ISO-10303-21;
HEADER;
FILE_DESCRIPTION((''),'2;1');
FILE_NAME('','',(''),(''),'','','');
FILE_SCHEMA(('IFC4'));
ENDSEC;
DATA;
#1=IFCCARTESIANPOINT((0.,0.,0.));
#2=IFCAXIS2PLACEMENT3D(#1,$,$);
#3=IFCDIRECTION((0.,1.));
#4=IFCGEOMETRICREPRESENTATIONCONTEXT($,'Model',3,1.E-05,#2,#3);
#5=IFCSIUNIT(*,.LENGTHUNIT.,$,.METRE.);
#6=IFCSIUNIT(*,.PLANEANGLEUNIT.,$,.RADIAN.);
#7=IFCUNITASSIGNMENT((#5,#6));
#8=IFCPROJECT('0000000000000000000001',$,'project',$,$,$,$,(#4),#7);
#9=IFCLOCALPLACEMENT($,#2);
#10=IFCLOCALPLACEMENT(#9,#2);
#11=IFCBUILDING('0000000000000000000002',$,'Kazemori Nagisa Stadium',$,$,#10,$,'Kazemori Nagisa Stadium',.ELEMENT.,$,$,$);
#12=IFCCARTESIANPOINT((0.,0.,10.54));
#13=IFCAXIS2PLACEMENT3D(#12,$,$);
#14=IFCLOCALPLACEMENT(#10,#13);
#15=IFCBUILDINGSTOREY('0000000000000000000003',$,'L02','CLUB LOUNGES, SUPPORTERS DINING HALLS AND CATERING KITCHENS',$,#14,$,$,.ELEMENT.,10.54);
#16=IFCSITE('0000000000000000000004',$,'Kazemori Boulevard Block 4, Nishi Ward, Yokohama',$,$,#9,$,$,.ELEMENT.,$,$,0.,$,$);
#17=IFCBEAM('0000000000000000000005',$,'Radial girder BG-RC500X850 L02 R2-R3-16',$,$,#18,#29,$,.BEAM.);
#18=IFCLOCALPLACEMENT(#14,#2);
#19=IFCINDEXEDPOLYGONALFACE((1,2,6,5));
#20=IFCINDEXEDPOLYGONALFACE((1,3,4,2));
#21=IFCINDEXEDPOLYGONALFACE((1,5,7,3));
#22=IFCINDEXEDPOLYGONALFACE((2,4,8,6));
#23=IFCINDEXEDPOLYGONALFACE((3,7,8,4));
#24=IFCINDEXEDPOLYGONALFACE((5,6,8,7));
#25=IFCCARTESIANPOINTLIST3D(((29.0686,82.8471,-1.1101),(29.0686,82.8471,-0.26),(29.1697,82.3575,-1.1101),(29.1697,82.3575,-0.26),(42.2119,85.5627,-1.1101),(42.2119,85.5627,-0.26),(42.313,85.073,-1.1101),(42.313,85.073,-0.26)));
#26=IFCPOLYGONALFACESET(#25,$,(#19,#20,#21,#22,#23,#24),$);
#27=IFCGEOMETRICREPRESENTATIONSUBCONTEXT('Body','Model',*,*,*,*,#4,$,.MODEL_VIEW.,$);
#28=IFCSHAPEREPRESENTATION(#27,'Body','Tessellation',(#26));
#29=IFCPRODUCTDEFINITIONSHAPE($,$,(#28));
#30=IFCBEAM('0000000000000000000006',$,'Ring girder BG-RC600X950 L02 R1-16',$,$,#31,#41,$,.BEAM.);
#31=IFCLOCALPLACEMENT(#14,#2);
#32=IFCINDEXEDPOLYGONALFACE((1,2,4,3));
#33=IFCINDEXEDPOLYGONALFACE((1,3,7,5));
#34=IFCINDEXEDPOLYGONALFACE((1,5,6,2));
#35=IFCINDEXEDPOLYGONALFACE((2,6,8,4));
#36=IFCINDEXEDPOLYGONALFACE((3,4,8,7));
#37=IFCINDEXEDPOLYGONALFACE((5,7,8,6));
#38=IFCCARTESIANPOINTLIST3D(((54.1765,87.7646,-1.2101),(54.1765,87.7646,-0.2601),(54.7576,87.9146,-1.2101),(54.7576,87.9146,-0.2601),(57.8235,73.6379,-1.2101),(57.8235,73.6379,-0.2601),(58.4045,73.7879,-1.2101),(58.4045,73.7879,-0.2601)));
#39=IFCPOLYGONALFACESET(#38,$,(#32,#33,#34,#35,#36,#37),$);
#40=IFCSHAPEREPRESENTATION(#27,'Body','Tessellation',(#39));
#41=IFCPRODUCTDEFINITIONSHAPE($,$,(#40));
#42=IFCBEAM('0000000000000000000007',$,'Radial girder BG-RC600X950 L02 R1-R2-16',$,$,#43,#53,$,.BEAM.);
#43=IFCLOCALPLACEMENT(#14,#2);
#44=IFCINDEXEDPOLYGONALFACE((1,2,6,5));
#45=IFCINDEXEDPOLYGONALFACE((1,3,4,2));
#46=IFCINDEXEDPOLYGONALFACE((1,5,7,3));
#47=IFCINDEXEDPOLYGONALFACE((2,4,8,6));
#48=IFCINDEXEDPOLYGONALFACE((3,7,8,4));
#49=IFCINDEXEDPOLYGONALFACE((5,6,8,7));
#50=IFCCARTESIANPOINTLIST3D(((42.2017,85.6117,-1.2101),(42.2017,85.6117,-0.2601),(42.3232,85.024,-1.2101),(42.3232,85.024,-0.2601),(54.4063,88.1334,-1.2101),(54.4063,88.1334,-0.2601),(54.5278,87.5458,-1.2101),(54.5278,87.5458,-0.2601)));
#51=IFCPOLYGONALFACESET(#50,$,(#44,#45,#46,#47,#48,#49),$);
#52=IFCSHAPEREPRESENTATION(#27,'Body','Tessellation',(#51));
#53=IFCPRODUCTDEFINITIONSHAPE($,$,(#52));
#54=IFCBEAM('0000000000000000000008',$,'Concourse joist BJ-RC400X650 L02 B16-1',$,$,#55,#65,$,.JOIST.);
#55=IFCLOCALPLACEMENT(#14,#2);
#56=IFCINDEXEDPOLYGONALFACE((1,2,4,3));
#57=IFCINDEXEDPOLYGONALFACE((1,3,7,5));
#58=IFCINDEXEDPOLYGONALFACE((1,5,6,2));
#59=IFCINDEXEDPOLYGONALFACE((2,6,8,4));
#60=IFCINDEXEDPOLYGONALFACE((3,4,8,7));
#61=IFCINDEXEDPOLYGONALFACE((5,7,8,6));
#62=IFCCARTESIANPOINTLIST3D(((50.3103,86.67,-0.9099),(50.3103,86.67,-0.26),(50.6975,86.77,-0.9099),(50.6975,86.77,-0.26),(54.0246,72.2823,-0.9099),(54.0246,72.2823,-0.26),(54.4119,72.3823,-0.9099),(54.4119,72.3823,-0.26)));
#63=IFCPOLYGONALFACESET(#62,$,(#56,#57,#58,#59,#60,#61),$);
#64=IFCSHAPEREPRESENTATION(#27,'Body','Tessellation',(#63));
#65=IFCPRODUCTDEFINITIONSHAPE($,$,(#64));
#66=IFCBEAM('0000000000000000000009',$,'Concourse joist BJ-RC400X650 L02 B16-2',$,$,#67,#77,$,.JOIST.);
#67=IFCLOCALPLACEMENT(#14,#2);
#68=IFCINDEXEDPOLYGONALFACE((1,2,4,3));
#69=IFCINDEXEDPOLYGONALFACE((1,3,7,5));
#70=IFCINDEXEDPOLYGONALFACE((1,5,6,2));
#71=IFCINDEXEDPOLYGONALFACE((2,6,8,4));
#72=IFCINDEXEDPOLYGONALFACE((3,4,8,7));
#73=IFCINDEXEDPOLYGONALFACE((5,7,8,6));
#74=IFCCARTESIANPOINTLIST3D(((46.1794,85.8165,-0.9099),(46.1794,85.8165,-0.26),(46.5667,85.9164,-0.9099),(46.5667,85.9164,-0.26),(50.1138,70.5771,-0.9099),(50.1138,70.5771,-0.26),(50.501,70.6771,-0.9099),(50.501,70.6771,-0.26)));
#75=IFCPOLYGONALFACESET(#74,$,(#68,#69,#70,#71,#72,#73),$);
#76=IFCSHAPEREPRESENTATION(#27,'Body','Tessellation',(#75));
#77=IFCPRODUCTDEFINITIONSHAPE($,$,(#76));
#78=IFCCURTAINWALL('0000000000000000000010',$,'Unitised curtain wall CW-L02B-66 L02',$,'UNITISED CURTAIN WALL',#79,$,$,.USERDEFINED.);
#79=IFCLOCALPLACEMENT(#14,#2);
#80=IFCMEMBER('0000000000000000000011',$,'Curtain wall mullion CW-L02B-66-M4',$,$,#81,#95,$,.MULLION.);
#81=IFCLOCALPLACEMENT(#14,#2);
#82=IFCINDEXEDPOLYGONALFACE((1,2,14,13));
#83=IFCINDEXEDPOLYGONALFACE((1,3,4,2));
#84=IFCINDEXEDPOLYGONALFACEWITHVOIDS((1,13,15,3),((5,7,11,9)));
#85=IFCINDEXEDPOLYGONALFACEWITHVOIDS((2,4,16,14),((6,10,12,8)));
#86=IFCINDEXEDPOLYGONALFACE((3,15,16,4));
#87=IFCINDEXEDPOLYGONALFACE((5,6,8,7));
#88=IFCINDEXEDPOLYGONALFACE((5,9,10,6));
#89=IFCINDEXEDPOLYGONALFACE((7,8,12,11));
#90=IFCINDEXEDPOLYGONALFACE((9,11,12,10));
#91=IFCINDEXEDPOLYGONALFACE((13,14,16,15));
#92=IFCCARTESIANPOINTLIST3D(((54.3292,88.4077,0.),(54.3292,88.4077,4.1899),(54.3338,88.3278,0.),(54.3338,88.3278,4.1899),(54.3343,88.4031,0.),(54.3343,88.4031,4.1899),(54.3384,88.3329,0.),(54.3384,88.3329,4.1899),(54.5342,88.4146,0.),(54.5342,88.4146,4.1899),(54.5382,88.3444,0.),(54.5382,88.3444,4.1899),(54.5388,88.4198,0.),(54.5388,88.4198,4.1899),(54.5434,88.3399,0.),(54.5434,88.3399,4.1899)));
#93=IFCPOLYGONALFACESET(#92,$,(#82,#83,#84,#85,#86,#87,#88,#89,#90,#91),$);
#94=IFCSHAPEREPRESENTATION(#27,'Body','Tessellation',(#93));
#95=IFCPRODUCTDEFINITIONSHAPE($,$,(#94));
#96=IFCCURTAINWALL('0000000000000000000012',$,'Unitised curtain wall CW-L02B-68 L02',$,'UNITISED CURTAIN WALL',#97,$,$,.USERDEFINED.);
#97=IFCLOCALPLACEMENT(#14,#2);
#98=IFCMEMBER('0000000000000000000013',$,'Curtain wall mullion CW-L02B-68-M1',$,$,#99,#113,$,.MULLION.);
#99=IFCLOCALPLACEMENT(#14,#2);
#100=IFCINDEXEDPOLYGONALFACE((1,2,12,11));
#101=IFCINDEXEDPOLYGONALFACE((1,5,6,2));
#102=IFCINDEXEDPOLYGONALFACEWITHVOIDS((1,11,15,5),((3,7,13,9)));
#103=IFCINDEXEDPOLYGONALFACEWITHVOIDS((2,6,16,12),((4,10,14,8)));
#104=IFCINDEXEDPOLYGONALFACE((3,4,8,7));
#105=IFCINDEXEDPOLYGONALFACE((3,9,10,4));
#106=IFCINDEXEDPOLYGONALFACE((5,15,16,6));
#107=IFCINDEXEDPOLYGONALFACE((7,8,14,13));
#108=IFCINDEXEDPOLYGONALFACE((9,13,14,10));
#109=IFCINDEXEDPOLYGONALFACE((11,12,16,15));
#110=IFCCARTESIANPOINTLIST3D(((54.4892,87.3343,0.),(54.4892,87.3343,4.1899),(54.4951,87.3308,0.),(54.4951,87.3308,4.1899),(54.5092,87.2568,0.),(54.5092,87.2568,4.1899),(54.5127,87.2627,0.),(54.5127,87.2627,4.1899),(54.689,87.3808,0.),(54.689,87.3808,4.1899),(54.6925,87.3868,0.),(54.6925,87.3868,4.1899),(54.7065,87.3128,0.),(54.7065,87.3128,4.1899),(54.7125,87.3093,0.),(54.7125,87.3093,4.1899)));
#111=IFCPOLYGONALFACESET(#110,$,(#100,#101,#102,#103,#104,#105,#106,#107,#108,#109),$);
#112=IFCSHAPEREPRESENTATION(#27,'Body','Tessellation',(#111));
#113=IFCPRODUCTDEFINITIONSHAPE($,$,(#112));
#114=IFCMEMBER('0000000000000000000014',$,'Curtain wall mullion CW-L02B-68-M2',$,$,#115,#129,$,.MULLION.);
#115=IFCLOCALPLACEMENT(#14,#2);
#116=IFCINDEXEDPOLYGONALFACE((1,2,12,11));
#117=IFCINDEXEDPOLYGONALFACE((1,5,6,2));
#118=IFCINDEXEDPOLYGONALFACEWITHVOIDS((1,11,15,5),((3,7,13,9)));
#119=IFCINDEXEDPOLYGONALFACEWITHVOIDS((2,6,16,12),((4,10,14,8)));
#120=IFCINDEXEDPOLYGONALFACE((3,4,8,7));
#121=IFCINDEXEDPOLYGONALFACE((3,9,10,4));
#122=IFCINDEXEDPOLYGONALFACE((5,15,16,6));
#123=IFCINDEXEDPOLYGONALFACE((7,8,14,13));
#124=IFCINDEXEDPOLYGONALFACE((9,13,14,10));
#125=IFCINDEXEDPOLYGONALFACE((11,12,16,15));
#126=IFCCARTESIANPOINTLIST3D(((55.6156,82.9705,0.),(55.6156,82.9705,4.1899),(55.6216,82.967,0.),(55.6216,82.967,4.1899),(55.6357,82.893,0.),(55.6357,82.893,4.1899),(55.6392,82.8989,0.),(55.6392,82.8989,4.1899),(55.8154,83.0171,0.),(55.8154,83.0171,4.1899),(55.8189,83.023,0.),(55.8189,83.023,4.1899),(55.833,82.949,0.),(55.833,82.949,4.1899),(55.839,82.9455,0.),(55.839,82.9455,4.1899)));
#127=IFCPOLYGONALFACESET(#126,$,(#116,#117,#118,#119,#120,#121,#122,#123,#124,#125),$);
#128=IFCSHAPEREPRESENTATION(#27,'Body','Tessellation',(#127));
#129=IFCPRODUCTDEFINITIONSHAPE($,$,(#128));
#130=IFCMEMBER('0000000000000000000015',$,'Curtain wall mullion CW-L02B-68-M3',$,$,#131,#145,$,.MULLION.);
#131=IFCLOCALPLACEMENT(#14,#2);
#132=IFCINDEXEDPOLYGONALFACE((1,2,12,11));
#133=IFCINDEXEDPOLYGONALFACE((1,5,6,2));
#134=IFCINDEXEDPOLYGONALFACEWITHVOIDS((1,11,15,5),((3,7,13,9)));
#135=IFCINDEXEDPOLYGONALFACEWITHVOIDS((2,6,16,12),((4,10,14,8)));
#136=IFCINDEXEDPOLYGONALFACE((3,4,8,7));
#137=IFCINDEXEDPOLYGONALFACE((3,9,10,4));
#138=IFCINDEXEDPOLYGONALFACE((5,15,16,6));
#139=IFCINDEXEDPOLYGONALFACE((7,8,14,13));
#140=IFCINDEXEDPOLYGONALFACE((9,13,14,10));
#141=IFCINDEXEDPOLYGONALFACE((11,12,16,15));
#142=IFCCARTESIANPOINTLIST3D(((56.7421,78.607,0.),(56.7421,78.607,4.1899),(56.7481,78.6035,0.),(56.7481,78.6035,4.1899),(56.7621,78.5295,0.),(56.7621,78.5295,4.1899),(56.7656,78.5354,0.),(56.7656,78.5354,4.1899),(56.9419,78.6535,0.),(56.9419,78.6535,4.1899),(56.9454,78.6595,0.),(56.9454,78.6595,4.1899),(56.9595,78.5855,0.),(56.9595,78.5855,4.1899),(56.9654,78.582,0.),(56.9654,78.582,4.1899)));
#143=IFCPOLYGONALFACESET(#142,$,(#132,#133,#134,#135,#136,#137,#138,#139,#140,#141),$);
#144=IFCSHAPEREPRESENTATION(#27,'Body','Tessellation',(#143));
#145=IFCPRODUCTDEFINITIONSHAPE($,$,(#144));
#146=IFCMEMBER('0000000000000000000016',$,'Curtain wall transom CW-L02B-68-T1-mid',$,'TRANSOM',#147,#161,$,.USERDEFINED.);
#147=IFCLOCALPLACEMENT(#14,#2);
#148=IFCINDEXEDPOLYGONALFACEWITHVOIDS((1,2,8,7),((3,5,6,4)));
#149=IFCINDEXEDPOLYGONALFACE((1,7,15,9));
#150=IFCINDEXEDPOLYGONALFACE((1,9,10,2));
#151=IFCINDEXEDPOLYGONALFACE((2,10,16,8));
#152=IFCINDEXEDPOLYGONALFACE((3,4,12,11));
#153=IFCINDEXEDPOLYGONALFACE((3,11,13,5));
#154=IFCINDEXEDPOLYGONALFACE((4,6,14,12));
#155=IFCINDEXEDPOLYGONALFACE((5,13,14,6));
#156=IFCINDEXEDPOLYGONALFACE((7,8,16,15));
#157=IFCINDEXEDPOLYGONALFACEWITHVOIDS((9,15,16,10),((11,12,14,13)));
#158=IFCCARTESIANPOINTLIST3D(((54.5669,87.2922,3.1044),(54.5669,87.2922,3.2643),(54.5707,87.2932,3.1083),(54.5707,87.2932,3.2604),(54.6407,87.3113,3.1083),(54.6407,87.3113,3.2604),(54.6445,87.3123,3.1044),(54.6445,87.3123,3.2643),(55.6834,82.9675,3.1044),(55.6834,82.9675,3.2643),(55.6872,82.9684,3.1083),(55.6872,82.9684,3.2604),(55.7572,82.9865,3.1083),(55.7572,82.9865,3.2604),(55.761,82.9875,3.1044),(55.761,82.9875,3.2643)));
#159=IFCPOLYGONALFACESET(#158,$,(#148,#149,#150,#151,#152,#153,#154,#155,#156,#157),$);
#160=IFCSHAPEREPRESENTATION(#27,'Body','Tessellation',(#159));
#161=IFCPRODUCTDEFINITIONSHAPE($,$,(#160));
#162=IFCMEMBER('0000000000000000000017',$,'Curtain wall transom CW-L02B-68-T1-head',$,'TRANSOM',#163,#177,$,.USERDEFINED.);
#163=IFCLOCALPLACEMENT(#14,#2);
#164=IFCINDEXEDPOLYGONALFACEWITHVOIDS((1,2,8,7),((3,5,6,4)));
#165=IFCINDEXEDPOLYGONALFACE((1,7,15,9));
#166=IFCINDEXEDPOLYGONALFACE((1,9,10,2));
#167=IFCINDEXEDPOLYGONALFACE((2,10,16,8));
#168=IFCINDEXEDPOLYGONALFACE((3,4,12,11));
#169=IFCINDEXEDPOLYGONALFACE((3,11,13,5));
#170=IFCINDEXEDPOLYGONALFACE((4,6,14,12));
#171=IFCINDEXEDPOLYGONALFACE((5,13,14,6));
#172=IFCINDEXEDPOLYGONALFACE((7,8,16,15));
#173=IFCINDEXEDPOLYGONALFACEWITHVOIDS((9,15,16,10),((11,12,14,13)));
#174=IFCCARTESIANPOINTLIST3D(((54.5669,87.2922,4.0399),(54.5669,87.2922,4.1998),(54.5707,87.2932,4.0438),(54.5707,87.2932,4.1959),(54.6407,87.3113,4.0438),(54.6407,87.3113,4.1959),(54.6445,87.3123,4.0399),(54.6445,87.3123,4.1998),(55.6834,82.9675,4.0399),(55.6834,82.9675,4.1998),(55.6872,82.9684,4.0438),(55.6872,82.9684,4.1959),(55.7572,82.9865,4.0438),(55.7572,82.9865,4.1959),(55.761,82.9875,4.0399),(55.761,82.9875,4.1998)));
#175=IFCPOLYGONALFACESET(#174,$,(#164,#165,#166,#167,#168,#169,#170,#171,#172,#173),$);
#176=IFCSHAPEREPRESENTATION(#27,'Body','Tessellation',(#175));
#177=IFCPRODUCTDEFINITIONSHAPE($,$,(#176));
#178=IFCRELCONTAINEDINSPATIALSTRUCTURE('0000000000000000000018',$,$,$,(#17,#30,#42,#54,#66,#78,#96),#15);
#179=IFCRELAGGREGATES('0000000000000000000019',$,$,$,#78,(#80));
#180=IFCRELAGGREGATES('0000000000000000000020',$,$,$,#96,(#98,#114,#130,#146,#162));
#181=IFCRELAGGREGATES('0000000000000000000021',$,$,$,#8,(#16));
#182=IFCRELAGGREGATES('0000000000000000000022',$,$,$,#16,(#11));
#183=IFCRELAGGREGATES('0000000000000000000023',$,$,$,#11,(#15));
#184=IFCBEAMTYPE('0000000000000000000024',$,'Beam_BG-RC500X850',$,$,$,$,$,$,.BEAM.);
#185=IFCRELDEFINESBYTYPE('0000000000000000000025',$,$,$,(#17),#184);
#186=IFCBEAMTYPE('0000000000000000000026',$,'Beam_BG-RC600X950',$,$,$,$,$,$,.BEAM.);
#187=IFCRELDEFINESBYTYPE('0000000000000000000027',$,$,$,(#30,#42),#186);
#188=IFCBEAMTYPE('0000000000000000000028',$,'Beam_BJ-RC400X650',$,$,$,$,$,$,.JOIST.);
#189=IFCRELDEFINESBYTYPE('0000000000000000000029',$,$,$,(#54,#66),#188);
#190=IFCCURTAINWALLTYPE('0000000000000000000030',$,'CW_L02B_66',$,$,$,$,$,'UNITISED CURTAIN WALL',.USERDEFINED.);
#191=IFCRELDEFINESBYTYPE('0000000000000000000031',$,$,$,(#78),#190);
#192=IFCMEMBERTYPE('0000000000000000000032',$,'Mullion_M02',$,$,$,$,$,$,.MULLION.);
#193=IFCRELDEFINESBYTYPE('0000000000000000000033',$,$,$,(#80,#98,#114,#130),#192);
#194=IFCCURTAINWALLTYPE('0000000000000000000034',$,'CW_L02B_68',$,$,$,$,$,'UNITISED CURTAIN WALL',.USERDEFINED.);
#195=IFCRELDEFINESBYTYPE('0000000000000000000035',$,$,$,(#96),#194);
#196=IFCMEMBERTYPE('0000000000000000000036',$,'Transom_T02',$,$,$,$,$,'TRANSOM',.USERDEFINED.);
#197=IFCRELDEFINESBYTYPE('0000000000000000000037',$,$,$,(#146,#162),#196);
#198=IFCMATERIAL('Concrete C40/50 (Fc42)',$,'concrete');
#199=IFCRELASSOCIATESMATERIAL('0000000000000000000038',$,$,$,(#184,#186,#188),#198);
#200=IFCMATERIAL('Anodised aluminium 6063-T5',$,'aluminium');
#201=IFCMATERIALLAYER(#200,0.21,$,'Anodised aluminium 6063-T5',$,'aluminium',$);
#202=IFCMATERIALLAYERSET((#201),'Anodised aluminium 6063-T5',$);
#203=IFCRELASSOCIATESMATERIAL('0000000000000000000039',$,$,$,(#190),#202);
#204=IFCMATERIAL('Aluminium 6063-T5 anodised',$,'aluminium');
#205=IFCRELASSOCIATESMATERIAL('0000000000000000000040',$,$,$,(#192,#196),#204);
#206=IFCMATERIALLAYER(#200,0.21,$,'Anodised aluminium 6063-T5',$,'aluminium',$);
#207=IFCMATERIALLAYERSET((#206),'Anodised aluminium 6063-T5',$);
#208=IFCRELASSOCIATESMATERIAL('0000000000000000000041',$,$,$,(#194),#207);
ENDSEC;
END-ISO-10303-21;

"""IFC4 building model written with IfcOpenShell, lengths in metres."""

from ifc_helpers import new_model, si_unit, direction, frame, origin, origin_2d, place, context, subcontext, project, spatial, rectangle, hollow_rectangle, extrude, material, layer, layer_set, material_profile, profile_set, type_object, element, aggregate, save


model = new_model("IFC4")

# Units and contexts
model_context = context("Model", 3, precision=1e-05, world=origin(), true_north=direction((0.0, 1.0)))
body_context = subcontext(model_context, "Body", "Model", "MODEL_VIEW")
ifc_project = project(units=[si_unit("LENGTHUNIT", "METRE"), si_unit("PLANEANGLEUNIT", "RADIAN")], contexts=[model_context])

# Site, building, storey
site_placement = place(None, origin())
site = spatial("IfcSite", under=ifc_project, at=site_placement, Name="Kazemori Boulevard Block 4, Nishi Ward, Yokohama", CompositionType="ELEMENT", RefElevation=0.0)
building_placement = place(site_placement, origin())
building = spatial("IfcBuilding", under=site, at=building_placement, Name="Kazemori Nagisa Stadium", LongName="Kazemori Nagisa Stadium", CompositionType="ELEMENT")
storey_placement = place(building_placement, frame((0.0, 0.0, 10.54)))
storey = spatial("IfcBuildingStorey", under=building, at=storey_placement, Name="L02", Description="CLUB LOUNGES, SUPPORTERS DINING HALLS AND CATERING KITCHENS", CompositionType="ELEMENT", Elevation=10.54)

# Shared definitions
ifc_material_1 = material(Name="Concrete C40/50 (Fc42)", Category="concrete")

# Beams
ifc_material_profile_1 = material_profile(ifc_material_1, rectangle(XDim=0.5, YDim=0.8501, at=origin_2d()), Name="RC-BM-500x850")
ifc_profile_set_1 = profile_set([ifc_material_profile_1], Name="Concrete C40/50 (Fc42)")
beam_type_1 = type_object("IfcBeamType", Name="Beam_BG-RC500X850", PredefinedType="BEAM", material=ifc_profile_set_1)
beam_1_placement = place(storey_placement, frame((42.2625, 85.3179, -0.6851), z_axis=(-0.979316, -0.202339, 0.0), x_axis=(0.202339, -0.979316, 0.0)))
element("IfcBeam", 1, at=beam_1_placement, inside=storey, type_object=beam_type_1, Name="Radial girder BG-RC500X850 L02 R2-R3-16", PredefinedType="BEAM", context=body_context, shape_type="SweptSolid", body=[
    extrude(rectangle(XDim=0.5, YDim=0.8501, at=origin_2d()), origin(), (0.0, 0.0, 1.0), 13.4209),
])
ifc_material_profile_2 = material_profile(ifc_material_1, rectangle(XDim=0.6001, YDim=0.95, at=origin_2d()), Name="RC-BM-600x950")
ifc_profile_set_2 = profile_set([ifc_material_profile_2], Name="Concrete C40/50 (Fc42)")
beam_type_2 = type_object("IfcBeamType", Name="Beam_BG-RC600X950", PredefinedType="BEAM", material=ifc_profile_set_2)
beam_2_placement = place(storey_placement, frame((54.467, 87.8396, -0.7351), z_axis=(0.249966, -0.968255, 0.0), x_axis=(0.968255, 0.249966, 0.0)))
element("IfcBeam", 2, at=beam_2_placement, inside=storey, type_object=beam_type_2, Name="Ring girder BG-RC600X950 L02 R1-16", PredefinedType="BEAM", context=body_context, shape_type="SweptSolid", body=[
    extrude(rectangle(XDim=0.6001, YDim=0.95, at=origin_2d()), origin(), (0.0, 0.0, 1.0), 14.5898),
])
beam_3_placement = place(storey_placement, frame((54.467, 87.8396, -0.7351), z_axis=(-0.979314, -0.202347, 0.0), x_axis=(0.202347, -0.979314, 0.0)))
element("IfcBeam", 3, at=beam_3_placement, inside=storey, type_object=beam_type_2, Name="Radial girder BG-RC600X950 L02 R1-R2-16", PredefinedType="BEAM", context=body_context, shape_type="SweptSolid", body=[
    extrude(rectangle(XDim=0.6001, YDim=0.95, at=origin_2d()), origin(), (0.0, 0.0, 1.0), 12.4624),
])
ifc_material_profile_3 = material_profile(ifc_material_1, rectangle(XDim=0.3999, YDim=0.6499, at=origin_2d()), Name="RC-BM-400x650")
ifc_profile_set_3 = profile_set([ifc_material_profile_3], Name="Concrete C40/50 (Fc42)")
beam_type_3 = type_object("IfcBeamType", Name="Beam_BJ-RC400X650", PredefinedType="JOIST", material=ifc_profile_set_3)
beam_4_placement = place(storey_placement, frame((50.5039, 86.72, -0.585), z_axis=(0.249966, -0.968254, 0.0), x_axis=(0.968254, 0.249966, 0.0)))
element("IfcBeam", 4, at=beam_4_placement, inside=storey, type_object=beam_type_3, Name="Concourse joist BJ-RC400X650 L02 B16-1", PredefinedType="JOIST", context=body_context, shape_type="SweptSolid", body=[
    extrude(rectangle(XDim=0.3999, YDim=0.6499, at=origin_2d()), origin(), (0.0, 0.0, 1.0), 14.8594),
])
beam_5_placement = place(storey_placement, frame((46.373, 85.8665, -0.585), z_axis=(0.249974, -0.968252, 0.0), x_axis=(0.968252, 0.249974, 0.0)))
element("IfcBeam", 5, at=beam_5_placement, inside=storey, type_object=beam_type_3, Name="Concourse joist BJ-RC400X650 L02 B16-2", PredefinedType="JOIST", context=body_context, shape_type="SweptSolid", body=[
    extrude(rectangle(XDim=0.3999, YDim=0.6499, at=origin_2d()), origin(), (0.0, 0.0, 1.0), 15.739),
])

# Curtain wall, member
ifc_material_2 = material(Name="Anodised aluminium 6063-T5", Category="aluminium")
ifc_layer_1 = layer(ifc_material_2, 0.21, Name="Anodised aluminium 6063-T5", Category="aluminium")
ifc_layer_set_1 = layer_set([ifc_layer_1], Name="Anodised aluminium 6063-T5")
curtain_wall_type_1 = type_object("IfcCurtainWallType", Name="CW_L02B_66", ElementType="UNITISED CURTAIN WALL", PredefinedType="USERDEFINED", material=ifc_layer_set_1)
curtain_wall_1_placement = place(storey_placement, origin())
curtain_wall_1 = element("IfcCurtainWall", 6, at=curtain_wall_1_placement, inside=storey, type_object=curtain_wall_type_1, Name="Unitised curtain wall CW-L02B-66 L02", ObjectType="UNITISED CURTAIN WALL", PredefinedType="USERDEFINED")
ifc_material_3 = material(Name="Aluminium 6063-T5 anodised", Category="aluminium")
ifc_material_profile_4 = material_profile(ifc_material_3, hollow_rectangle(XDim=0.0801, YDim=0.21, WallThickness=0.0049, at=origin_2d()), Name="ALU-MULL-80x210x5")
ifc_profile_set_4 = profile_set([ifc_material_profile_4], Name="Aluminium 6063-T5 anodised")
member_type_1 = type_object("IfcMemberType", Name="Mullion_M02", PredefinedType="MULLION", material=ifc_profile_set_4)
member_1_placement = place(storey_placement, frame((54.4363, 88.3738, 0.0), z_axis=(0.0, 0.0, 1.0), x_axis=(0.057602, -0.99834, 0.0)))
member_1 = element("IfcMember", 7, at=member_1_placement, type_object=member_type_1, Name="Curtain wall mullion CW-L02B-66-M4", PredefinedType="MULLION", context=body_context, shape_type="SweptSolid", body=[
    extrude(hollow_rectangle(XDim=0.0801, YDim=0.21, WallThickness=0.0049, at=origin_2d()), origin(), (0.0, 0.0, 1.0), 4.1899),
])

# Curtain wall, members
ifc_layer_2 = layer(ifc_material_2, 0.21, Name="Anodised aluminium 6063-T5", Category="aluminium")
ifc_layer_set_2 = layer_set([ifc_layer_2], Name="Anodised aluminium 6063-T5")
curtain_wall_type_2 = type_object("IfcCurtainWallType", Name="CW_L02B_68", ElementType="UNITISED CURTAIN WALL", PredefinedType="USERDEFINED", material=ifc_layer_set_2)
curtain_wall_2_placement = place(storey_placement, origin())
curtain_wall_2 = element("IfcCurtainWall", 8, at=curtain_wall_2_placement, inside=storey, type_object=curtain_wall_type_2, Name="Unitised curtain wall CW-L02B-68 L02", ObjectType="UNITISED CURTAIN WALL", PredefinedType="USERDEFINED")
member_2_placement = place(storey_placement, frame((54.6008, 87.3218, 0.0), z_axis=(0.0, 0.0, 1.0), x_axis=(0.249965, -0.968255, 0.0)))
member_2 = element("IfcMember", 9, at=member_2_placement, type_object=member_type_1, Name="Curtain wall mullion CW-L02B-68-M1", PredefinedType="MULLION", context=body_context, shape_type="SweptSolid", body=[
    extrude(hollow_rectangle(XDim=0.0801, YDim=0.21, WallThickness=0.0049, at=origin_2d()), origin(), (0.0, 0.0, 1.0), 4.1899),
])
member_3_placement = place(storey_placement, frame((55.7273, 82.958, 0.0), z_axis=(0.0, 0.0, 1.0), x_axis=(0.249965, -0.968255, 0.0)))
member_3 = element("IfcMember", 10, at=member_3_placement, type_object=member_type_1, Name="Curtain wall mullion CW-L02B-68-M2", PredefinedType="MULLION", context=body_context, shape_type="SweptSolid", body=[
    extrude(hollow_rectangle(XDim=0.0801, YDim=0.21, WallThickness=0.0049, at=origin_2d()), origin(), (0.0, 0.0, 1.0), 4.1899),
])
member_4_placement = place(storey_placement, frame((56.8538, 78.5945, 0.0), z_axis=(0.0, 0.0, 1.0), x_axis=(0.249965, -0.968255, 0.0)))
member_4 = element("IfcMember", 11, at=member_4_placement, type_object=member_type_1, Name="Curtain wall mullion CW-L02B-68-M3", PredefinedType="MULLION", context=body_context, shape_type="SweptSolid", body=[
    extrude(hollow_rectangle(XDim=0.0801, YDim=0.21, WallThickness=0.0049, at=origin_2d()), origin(), (0.0, 0.0, 1.0), 4.1899),
])
ifc_material_profile_5 = material_profile(ifc_material_3, hollow_rectangle(XDim=0.0801, YDim=0.1599, WallThickness=0.0039, at=origin_2d()), Name="ALU-TRAN-80x160x4")
ifc_profile_set_5 = profile_set([ifc_material_profile_5], Name="Aluminium 6063-T5 anodised")
member_type_2 = type_object("IfcMemberType", Name="Transom_T02", ElementType="TRANSOM", PredefinedType="USERDEFINED", material=ifc_profile_set_5)
member_5_placement = place(storey_placement, frame((54.6057, 87.3022, 3.1843), z_axis=(0.249962, -0.968256, 0.0), x_axis=(0.968256, 0.249962, 0.0)))
member_5 = element("IfcMember", 12, at=member_5_placement, type_object=member_type_2, Name="Curtain wall transom CW-L02B-68-T1-mid", ObjectType="TRANSOM", PredefinedType="USERDEFINED", context=body_context, shape_type="SweptSolid", body=[
    extrude(hollow_rectangle(XDim=0.0801, YDim=0.1599, WallThickness=0.0039, at=origin_2d()), origin(), (0.0, 0.0, 1.0), 4.4666),
])
member_6_placement = place(storey_placement, frame((54.6057, 87.3022, 4.1199), z_axis=(0.249962, -0.968256, 0.0), x_axis=(0.968256, 0.249962, 0.0)))
member_6 = element("IfcMember", 13, at=member_6_placement, type_object=member_type_2, Name="Curtain wall transom CW-L02B-68-T1-head", ObjectType="TRANSOM", PredefinedType="USERDEFINED", context=body_context, shape_type="SweptSolid", body=[
    extrude(hollow_rectangle(XDim=0.0801, YDim=0.1599, WallThickness=0.0039, at=origin_2d()), origin(), (0.0, 0.0, 1.0), 4.4666),
])

aggregate(curtain_wall_1, [member_1])
aggregate(curtain_wall_2, [member_2, member_3, member_4, member_5, member_6])

save(model, "model.ifc")
